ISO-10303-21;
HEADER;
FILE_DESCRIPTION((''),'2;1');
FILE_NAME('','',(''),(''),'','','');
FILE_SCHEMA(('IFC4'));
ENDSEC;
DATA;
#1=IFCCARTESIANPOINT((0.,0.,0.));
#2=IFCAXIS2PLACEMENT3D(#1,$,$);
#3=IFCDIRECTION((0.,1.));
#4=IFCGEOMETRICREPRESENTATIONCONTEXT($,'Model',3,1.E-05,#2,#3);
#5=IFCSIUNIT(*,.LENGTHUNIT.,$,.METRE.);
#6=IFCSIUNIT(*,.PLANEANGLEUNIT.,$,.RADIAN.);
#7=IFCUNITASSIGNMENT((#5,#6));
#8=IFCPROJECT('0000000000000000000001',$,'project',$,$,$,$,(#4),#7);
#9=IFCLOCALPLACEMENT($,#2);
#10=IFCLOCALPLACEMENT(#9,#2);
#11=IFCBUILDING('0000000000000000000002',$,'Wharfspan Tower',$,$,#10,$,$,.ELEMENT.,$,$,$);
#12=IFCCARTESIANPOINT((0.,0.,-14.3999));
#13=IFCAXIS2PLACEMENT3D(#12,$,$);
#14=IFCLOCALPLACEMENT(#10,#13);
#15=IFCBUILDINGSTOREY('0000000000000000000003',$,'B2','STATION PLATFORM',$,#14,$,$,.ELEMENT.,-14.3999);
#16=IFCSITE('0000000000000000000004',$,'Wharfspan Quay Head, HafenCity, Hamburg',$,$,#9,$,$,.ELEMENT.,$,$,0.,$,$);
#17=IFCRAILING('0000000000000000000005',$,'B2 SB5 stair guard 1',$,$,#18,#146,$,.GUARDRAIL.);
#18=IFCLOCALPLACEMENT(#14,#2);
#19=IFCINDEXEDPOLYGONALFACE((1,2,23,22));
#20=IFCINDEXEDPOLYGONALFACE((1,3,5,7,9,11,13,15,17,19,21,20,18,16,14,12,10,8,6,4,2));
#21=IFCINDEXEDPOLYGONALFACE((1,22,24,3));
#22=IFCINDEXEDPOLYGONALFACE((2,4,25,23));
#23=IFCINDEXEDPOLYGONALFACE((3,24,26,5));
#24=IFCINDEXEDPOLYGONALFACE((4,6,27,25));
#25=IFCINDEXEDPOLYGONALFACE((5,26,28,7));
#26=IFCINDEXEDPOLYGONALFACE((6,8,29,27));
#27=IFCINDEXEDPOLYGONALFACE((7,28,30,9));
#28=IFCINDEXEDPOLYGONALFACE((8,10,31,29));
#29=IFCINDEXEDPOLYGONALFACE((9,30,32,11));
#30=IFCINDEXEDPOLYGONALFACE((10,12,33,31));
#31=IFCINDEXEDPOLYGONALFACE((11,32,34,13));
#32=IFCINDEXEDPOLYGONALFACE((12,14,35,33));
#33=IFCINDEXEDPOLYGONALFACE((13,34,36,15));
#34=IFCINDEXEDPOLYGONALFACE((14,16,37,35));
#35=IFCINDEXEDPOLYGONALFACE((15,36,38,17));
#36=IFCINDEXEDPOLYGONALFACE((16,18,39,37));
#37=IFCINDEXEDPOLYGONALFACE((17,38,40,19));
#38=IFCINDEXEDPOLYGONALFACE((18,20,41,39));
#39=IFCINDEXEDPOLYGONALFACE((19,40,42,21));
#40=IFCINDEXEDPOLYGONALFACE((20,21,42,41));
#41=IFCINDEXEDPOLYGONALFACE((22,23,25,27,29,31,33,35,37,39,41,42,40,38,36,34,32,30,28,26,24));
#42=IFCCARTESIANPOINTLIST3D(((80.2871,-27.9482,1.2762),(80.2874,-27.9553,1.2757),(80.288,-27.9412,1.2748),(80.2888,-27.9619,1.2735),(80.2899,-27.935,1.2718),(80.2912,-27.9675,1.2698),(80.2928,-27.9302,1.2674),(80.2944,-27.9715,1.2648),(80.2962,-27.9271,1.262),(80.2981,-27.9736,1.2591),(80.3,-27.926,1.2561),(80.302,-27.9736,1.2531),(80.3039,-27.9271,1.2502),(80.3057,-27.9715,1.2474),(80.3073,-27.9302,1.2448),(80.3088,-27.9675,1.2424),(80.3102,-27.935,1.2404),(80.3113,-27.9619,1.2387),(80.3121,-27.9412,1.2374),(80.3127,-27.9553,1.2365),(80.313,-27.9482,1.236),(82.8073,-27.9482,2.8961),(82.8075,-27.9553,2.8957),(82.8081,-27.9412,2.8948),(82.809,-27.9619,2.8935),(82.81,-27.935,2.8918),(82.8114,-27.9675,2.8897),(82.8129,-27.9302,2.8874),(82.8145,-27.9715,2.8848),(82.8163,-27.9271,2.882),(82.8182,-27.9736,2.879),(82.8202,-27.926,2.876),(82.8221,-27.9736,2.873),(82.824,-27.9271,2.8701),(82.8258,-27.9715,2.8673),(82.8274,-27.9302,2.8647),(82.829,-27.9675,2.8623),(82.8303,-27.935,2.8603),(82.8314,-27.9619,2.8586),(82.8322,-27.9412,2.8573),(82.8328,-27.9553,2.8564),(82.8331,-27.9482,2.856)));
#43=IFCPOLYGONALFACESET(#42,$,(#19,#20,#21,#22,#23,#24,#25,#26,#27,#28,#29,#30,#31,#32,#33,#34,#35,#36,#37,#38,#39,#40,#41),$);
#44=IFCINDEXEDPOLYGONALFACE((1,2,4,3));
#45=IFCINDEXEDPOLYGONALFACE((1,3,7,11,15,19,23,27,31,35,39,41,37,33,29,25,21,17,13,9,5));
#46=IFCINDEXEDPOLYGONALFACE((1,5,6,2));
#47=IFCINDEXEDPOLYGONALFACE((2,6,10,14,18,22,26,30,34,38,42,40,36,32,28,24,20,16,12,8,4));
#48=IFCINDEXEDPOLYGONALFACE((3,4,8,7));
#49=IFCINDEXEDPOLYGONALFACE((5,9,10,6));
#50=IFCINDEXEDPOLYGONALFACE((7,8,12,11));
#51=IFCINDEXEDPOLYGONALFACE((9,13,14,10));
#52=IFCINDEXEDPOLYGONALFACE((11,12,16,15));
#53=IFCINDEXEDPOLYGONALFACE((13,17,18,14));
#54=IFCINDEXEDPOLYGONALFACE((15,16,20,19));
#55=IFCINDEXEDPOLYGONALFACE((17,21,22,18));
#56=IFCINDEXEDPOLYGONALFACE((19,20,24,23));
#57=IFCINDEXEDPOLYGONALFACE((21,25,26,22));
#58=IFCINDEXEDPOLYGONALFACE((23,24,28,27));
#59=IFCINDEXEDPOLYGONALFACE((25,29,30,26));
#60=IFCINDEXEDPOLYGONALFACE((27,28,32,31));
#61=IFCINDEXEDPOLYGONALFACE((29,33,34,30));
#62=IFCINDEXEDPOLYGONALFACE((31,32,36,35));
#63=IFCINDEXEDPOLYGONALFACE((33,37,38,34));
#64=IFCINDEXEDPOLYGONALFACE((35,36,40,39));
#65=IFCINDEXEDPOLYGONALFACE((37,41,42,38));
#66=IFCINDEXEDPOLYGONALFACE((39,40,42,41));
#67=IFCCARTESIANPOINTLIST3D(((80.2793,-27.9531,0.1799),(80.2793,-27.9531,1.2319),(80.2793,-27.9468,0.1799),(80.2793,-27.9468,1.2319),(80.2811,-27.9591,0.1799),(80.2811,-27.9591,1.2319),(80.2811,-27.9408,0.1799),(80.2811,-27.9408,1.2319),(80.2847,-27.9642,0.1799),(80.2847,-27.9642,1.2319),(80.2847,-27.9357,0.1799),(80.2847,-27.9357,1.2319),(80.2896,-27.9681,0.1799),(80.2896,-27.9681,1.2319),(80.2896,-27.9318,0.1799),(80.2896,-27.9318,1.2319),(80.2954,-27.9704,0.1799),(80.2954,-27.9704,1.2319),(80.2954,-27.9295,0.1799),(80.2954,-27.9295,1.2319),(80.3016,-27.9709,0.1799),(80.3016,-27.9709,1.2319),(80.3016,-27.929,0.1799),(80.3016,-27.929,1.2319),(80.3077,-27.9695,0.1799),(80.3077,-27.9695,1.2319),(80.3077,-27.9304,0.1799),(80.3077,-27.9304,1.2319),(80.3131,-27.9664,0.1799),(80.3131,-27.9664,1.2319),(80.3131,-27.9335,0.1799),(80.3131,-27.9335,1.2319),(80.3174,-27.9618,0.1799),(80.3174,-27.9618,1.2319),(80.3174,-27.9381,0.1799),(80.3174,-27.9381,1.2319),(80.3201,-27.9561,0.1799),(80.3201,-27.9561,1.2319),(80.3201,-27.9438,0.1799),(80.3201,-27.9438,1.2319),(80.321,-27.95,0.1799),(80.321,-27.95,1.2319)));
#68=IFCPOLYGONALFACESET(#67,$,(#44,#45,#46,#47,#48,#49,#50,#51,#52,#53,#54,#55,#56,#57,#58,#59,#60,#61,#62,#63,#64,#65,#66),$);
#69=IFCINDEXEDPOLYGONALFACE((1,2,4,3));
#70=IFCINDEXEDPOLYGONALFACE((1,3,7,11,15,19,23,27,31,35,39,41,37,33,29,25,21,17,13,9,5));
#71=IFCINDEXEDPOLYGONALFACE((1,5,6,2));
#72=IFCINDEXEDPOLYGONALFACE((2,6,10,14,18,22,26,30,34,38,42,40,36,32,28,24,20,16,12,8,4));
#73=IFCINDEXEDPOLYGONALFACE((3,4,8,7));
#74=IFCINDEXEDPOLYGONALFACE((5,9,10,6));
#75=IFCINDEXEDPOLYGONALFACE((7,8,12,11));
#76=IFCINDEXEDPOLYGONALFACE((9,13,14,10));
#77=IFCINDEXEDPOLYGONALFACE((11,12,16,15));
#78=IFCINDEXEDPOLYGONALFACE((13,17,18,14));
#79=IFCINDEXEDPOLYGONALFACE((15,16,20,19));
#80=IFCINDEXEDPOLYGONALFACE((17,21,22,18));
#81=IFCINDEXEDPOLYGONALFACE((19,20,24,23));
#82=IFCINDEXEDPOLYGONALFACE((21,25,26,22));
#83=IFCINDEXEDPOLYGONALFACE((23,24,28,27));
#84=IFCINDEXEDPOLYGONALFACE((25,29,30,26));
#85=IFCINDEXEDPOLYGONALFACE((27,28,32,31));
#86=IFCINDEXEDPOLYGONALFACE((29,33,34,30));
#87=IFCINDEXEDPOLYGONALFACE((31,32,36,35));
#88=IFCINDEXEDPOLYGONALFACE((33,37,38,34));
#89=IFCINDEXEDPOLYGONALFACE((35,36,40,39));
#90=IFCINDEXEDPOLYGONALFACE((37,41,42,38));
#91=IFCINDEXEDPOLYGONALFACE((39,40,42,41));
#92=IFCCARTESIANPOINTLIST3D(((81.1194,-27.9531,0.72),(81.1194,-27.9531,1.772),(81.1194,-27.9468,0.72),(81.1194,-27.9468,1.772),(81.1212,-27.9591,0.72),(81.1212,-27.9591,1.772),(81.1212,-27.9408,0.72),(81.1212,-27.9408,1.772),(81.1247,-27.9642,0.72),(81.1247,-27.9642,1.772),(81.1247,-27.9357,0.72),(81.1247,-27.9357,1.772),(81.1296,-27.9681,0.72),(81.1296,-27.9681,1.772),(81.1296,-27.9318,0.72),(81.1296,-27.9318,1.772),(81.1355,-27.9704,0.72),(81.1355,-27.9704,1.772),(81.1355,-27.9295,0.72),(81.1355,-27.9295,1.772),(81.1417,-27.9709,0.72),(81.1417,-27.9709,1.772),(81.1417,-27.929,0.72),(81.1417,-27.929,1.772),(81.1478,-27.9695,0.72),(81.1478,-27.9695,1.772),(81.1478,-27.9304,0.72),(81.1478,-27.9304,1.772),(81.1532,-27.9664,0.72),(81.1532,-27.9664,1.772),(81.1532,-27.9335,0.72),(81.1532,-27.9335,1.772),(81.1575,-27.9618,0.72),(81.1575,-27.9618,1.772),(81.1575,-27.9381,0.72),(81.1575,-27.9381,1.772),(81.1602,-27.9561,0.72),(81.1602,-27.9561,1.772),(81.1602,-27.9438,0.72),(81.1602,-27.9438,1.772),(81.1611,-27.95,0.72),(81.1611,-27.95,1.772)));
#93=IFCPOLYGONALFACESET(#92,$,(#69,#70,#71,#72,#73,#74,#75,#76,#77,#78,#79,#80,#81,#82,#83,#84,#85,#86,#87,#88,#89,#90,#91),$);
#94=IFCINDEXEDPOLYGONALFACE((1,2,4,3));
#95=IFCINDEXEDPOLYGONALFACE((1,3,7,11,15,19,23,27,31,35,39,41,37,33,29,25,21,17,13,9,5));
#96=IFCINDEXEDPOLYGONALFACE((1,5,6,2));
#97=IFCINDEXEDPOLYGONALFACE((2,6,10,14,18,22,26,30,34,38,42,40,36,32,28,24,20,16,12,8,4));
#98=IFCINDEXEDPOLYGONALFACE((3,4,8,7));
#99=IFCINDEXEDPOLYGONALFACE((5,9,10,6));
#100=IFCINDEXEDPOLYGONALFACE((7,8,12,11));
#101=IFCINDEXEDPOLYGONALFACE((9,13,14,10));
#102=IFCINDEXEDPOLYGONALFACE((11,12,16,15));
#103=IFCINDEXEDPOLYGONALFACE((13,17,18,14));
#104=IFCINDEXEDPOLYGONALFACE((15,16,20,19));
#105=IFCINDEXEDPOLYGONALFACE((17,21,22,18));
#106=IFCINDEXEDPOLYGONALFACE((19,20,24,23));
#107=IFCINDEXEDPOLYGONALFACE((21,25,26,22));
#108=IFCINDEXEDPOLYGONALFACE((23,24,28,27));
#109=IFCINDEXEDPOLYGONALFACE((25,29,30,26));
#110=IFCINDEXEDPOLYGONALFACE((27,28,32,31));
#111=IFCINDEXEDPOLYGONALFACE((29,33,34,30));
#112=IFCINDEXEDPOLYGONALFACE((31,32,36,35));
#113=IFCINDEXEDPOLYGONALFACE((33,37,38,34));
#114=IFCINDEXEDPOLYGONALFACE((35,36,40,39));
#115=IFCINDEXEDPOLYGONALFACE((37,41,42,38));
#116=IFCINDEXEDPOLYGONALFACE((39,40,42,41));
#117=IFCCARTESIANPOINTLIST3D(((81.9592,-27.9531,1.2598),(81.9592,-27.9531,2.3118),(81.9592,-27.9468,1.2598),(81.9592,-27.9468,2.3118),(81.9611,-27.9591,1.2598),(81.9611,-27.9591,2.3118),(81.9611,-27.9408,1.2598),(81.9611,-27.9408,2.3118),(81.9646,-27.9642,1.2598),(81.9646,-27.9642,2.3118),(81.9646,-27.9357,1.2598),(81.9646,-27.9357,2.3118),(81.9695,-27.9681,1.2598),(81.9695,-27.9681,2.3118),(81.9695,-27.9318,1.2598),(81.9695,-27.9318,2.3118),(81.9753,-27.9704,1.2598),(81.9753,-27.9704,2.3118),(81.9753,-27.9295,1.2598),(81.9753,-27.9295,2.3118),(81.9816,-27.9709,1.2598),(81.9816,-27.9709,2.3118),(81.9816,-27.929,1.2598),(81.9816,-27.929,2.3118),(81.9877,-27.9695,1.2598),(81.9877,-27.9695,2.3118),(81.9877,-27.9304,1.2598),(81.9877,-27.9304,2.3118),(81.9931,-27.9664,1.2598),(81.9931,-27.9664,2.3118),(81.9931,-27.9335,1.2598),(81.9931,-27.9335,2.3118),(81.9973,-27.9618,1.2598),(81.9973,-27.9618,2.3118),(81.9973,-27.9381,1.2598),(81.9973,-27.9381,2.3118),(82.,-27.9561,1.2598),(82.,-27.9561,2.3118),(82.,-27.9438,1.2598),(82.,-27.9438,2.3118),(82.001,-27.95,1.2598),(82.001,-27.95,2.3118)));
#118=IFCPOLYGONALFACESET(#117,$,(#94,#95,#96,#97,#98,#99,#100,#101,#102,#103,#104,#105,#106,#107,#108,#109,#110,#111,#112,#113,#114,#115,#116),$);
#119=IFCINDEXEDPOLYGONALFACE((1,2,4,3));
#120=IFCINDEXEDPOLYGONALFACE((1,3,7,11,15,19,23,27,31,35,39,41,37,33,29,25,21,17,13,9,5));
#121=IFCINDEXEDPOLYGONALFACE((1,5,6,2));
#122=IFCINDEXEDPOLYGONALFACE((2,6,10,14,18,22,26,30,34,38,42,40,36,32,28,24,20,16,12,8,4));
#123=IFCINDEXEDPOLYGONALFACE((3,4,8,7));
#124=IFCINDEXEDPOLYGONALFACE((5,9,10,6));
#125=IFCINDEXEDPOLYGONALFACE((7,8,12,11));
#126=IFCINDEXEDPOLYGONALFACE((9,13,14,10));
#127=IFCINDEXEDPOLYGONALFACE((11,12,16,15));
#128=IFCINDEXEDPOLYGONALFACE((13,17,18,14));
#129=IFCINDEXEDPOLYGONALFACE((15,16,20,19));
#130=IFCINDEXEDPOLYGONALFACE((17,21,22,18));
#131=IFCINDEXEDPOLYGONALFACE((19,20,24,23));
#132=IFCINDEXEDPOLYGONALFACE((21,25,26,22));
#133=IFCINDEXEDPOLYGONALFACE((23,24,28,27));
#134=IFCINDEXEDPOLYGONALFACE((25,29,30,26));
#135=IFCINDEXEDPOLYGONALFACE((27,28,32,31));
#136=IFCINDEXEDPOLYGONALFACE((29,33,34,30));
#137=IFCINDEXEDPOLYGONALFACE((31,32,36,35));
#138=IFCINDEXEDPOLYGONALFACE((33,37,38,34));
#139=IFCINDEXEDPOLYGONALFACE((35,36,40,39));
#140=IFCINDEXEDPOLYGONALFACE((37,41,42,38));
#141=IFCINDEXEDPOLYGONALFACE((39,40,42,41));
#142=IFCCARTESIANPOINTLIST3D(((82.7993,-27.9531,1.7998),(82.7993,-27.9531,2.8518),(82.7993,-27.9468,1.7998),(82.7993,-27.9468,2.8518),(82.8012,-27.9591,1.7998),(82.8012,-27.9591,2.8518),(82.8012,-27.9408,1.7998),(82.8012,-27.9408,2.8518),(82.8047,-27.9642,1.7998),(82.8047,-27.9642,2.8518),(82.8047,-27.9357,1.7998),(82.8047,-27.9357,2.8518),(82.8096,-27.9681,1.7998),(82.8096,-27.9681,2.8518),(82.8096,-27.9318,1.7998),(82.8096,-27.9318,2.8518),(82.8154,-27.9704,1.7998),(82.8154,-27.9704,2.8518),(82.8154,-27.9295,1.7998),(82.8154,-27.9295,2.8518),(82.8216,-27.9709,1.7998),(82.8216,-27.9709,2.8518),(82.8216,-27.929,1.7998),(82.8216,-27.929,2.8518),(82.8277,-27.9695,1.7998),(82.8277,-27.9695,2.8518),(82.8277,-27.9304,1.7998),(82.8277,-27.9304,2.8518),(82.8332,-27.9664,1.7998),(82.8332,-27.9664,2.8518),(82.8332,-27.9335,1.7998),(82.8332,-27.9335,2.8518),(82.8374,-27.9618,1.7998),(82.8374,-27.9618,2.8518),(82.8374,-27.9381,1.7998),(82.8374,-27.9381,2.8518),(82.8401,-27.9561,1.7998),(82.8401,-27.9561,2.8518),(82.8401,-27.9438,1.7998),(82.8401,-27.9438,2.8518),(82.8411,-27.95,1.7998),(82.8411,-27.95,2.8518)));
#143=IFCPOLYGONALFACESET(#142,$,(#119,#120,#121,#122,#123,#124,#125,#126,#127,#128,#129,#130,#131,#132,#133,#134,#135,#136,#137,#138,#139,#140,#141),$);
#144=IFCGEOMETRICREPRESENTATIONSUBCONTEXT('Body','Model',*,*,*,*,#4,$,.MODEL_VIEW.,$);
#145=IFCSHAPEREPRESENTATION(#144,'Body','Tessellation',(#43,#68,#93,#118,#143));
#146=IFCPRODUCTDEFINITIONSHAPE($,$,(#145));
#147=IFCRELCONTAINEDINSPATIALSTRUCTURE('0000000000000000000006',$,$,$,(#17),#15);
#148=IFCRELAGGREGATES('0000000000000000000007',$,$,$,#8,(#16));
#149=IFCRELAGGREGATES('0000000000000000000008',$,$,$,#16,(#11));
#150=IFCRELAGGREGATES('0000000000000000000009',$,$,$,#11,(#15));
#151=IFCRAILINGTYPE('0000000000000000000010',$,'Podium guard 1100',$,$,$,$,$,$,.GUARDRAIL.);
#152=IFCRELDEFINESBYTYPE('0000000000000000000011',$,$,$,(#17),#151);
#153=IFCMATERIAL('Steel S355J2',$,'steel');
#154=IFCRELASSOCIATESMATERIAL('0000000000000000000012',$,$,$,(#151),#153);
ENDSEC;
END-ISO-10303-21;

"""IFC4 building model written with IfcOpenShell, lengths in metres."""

from ifc_helpers import new_model, si_unit, direction, frame, origin, origin_2d, place, context, subcontext, project, spatial, circle, extrude, material, type_object, element, save


model = new_model("IFC4")

# Units and contexts
model_context = context("Model", 3, precision=1e-05, world=origin(), true_north=direction((0.0, 1.0)))
body_context = subcontext(model_context, "Body", "Model", "MODEL_VIEW")
ifc_project = project(units=[si_unit("LENGTHUNIT", "METRE"), si_unit("PLANEANGLEUNIT", "RADIAN")], contexts=[model_context])

# Site, building, storey
site_placement = place(None, origin())
site = spatial("IfcSite", under=ifc_project, at=site_placement, Name="Wharfspan Quay Head, HafenCity, Hamburg", CompositionType="ELEMENT", RefElevation=0.0)
building_placement = place(site_placement, origin())
building = spatial("IfcBuilding", under=site, at=building_placement, Name="Wharfspan Tower", CompositionType="ELEMENT")
storey_placement = place(building_placement, frame((0.0, 0.0, -14.3999)))
storey = spatial("IfcBuildingStorey", under=building, at=storey_placement, Name="B2", Description="STATION PLATFORM", CompositionType="ELEMENT", Elevation=-14.3999)

# Railing
ifc_material_1 = material(Name="Steel S355J2", Category="steel")
railing_type_1 = type_object("IfcRailingType", Name="Podium guard 1100", PredefinedType="GUARDRAIL", material=ifc_material_1)
railing_1_placement = place(storey_placement, frame((80.3, -27.95, 0.1799)))
element("IfcRailing", 1, at=railing_1_placement, inside=storey, type_object=railing_type_1, Name="B2 SB5 stair guard 1", PredefinedType="GUARDRAIL", context=body_context, shape_type="SweptSolid", body=[
    extrude(circle(Radius=0.0239, at=origin_2d()), frame((0.0, 0.0, 1.0762), z_axis=(0.8412, 0.0, 0.540725), x_axis=(0.0, 1.0, 0.0)), (0.0, 0.0, 1.0), 2.9958),
    extrude(circle(Radius=0.021, at=origin_2d()), origin(), (0.0, 0.0, 1.0), 1.052),
    extrude(circle(Radius=0.021, at=origin_2d()), frame((0.8401, 0.0, 0.54)), (0.0, 0.0, 1.0), 1.052),
    extrude(circle(Radius=0.021, at=origin_2d()), frame((1.6799, 0.0, 1.0798)), (0.0, 0.0, 1.0), 1.052),
    extrude(circle(Radius=0.021, at=origin_2d()), frame((2.52, 0.0, 1.6199)), (0.0, 0.0, 1.0), 1.052),
])

save(model, "model.ifc")
